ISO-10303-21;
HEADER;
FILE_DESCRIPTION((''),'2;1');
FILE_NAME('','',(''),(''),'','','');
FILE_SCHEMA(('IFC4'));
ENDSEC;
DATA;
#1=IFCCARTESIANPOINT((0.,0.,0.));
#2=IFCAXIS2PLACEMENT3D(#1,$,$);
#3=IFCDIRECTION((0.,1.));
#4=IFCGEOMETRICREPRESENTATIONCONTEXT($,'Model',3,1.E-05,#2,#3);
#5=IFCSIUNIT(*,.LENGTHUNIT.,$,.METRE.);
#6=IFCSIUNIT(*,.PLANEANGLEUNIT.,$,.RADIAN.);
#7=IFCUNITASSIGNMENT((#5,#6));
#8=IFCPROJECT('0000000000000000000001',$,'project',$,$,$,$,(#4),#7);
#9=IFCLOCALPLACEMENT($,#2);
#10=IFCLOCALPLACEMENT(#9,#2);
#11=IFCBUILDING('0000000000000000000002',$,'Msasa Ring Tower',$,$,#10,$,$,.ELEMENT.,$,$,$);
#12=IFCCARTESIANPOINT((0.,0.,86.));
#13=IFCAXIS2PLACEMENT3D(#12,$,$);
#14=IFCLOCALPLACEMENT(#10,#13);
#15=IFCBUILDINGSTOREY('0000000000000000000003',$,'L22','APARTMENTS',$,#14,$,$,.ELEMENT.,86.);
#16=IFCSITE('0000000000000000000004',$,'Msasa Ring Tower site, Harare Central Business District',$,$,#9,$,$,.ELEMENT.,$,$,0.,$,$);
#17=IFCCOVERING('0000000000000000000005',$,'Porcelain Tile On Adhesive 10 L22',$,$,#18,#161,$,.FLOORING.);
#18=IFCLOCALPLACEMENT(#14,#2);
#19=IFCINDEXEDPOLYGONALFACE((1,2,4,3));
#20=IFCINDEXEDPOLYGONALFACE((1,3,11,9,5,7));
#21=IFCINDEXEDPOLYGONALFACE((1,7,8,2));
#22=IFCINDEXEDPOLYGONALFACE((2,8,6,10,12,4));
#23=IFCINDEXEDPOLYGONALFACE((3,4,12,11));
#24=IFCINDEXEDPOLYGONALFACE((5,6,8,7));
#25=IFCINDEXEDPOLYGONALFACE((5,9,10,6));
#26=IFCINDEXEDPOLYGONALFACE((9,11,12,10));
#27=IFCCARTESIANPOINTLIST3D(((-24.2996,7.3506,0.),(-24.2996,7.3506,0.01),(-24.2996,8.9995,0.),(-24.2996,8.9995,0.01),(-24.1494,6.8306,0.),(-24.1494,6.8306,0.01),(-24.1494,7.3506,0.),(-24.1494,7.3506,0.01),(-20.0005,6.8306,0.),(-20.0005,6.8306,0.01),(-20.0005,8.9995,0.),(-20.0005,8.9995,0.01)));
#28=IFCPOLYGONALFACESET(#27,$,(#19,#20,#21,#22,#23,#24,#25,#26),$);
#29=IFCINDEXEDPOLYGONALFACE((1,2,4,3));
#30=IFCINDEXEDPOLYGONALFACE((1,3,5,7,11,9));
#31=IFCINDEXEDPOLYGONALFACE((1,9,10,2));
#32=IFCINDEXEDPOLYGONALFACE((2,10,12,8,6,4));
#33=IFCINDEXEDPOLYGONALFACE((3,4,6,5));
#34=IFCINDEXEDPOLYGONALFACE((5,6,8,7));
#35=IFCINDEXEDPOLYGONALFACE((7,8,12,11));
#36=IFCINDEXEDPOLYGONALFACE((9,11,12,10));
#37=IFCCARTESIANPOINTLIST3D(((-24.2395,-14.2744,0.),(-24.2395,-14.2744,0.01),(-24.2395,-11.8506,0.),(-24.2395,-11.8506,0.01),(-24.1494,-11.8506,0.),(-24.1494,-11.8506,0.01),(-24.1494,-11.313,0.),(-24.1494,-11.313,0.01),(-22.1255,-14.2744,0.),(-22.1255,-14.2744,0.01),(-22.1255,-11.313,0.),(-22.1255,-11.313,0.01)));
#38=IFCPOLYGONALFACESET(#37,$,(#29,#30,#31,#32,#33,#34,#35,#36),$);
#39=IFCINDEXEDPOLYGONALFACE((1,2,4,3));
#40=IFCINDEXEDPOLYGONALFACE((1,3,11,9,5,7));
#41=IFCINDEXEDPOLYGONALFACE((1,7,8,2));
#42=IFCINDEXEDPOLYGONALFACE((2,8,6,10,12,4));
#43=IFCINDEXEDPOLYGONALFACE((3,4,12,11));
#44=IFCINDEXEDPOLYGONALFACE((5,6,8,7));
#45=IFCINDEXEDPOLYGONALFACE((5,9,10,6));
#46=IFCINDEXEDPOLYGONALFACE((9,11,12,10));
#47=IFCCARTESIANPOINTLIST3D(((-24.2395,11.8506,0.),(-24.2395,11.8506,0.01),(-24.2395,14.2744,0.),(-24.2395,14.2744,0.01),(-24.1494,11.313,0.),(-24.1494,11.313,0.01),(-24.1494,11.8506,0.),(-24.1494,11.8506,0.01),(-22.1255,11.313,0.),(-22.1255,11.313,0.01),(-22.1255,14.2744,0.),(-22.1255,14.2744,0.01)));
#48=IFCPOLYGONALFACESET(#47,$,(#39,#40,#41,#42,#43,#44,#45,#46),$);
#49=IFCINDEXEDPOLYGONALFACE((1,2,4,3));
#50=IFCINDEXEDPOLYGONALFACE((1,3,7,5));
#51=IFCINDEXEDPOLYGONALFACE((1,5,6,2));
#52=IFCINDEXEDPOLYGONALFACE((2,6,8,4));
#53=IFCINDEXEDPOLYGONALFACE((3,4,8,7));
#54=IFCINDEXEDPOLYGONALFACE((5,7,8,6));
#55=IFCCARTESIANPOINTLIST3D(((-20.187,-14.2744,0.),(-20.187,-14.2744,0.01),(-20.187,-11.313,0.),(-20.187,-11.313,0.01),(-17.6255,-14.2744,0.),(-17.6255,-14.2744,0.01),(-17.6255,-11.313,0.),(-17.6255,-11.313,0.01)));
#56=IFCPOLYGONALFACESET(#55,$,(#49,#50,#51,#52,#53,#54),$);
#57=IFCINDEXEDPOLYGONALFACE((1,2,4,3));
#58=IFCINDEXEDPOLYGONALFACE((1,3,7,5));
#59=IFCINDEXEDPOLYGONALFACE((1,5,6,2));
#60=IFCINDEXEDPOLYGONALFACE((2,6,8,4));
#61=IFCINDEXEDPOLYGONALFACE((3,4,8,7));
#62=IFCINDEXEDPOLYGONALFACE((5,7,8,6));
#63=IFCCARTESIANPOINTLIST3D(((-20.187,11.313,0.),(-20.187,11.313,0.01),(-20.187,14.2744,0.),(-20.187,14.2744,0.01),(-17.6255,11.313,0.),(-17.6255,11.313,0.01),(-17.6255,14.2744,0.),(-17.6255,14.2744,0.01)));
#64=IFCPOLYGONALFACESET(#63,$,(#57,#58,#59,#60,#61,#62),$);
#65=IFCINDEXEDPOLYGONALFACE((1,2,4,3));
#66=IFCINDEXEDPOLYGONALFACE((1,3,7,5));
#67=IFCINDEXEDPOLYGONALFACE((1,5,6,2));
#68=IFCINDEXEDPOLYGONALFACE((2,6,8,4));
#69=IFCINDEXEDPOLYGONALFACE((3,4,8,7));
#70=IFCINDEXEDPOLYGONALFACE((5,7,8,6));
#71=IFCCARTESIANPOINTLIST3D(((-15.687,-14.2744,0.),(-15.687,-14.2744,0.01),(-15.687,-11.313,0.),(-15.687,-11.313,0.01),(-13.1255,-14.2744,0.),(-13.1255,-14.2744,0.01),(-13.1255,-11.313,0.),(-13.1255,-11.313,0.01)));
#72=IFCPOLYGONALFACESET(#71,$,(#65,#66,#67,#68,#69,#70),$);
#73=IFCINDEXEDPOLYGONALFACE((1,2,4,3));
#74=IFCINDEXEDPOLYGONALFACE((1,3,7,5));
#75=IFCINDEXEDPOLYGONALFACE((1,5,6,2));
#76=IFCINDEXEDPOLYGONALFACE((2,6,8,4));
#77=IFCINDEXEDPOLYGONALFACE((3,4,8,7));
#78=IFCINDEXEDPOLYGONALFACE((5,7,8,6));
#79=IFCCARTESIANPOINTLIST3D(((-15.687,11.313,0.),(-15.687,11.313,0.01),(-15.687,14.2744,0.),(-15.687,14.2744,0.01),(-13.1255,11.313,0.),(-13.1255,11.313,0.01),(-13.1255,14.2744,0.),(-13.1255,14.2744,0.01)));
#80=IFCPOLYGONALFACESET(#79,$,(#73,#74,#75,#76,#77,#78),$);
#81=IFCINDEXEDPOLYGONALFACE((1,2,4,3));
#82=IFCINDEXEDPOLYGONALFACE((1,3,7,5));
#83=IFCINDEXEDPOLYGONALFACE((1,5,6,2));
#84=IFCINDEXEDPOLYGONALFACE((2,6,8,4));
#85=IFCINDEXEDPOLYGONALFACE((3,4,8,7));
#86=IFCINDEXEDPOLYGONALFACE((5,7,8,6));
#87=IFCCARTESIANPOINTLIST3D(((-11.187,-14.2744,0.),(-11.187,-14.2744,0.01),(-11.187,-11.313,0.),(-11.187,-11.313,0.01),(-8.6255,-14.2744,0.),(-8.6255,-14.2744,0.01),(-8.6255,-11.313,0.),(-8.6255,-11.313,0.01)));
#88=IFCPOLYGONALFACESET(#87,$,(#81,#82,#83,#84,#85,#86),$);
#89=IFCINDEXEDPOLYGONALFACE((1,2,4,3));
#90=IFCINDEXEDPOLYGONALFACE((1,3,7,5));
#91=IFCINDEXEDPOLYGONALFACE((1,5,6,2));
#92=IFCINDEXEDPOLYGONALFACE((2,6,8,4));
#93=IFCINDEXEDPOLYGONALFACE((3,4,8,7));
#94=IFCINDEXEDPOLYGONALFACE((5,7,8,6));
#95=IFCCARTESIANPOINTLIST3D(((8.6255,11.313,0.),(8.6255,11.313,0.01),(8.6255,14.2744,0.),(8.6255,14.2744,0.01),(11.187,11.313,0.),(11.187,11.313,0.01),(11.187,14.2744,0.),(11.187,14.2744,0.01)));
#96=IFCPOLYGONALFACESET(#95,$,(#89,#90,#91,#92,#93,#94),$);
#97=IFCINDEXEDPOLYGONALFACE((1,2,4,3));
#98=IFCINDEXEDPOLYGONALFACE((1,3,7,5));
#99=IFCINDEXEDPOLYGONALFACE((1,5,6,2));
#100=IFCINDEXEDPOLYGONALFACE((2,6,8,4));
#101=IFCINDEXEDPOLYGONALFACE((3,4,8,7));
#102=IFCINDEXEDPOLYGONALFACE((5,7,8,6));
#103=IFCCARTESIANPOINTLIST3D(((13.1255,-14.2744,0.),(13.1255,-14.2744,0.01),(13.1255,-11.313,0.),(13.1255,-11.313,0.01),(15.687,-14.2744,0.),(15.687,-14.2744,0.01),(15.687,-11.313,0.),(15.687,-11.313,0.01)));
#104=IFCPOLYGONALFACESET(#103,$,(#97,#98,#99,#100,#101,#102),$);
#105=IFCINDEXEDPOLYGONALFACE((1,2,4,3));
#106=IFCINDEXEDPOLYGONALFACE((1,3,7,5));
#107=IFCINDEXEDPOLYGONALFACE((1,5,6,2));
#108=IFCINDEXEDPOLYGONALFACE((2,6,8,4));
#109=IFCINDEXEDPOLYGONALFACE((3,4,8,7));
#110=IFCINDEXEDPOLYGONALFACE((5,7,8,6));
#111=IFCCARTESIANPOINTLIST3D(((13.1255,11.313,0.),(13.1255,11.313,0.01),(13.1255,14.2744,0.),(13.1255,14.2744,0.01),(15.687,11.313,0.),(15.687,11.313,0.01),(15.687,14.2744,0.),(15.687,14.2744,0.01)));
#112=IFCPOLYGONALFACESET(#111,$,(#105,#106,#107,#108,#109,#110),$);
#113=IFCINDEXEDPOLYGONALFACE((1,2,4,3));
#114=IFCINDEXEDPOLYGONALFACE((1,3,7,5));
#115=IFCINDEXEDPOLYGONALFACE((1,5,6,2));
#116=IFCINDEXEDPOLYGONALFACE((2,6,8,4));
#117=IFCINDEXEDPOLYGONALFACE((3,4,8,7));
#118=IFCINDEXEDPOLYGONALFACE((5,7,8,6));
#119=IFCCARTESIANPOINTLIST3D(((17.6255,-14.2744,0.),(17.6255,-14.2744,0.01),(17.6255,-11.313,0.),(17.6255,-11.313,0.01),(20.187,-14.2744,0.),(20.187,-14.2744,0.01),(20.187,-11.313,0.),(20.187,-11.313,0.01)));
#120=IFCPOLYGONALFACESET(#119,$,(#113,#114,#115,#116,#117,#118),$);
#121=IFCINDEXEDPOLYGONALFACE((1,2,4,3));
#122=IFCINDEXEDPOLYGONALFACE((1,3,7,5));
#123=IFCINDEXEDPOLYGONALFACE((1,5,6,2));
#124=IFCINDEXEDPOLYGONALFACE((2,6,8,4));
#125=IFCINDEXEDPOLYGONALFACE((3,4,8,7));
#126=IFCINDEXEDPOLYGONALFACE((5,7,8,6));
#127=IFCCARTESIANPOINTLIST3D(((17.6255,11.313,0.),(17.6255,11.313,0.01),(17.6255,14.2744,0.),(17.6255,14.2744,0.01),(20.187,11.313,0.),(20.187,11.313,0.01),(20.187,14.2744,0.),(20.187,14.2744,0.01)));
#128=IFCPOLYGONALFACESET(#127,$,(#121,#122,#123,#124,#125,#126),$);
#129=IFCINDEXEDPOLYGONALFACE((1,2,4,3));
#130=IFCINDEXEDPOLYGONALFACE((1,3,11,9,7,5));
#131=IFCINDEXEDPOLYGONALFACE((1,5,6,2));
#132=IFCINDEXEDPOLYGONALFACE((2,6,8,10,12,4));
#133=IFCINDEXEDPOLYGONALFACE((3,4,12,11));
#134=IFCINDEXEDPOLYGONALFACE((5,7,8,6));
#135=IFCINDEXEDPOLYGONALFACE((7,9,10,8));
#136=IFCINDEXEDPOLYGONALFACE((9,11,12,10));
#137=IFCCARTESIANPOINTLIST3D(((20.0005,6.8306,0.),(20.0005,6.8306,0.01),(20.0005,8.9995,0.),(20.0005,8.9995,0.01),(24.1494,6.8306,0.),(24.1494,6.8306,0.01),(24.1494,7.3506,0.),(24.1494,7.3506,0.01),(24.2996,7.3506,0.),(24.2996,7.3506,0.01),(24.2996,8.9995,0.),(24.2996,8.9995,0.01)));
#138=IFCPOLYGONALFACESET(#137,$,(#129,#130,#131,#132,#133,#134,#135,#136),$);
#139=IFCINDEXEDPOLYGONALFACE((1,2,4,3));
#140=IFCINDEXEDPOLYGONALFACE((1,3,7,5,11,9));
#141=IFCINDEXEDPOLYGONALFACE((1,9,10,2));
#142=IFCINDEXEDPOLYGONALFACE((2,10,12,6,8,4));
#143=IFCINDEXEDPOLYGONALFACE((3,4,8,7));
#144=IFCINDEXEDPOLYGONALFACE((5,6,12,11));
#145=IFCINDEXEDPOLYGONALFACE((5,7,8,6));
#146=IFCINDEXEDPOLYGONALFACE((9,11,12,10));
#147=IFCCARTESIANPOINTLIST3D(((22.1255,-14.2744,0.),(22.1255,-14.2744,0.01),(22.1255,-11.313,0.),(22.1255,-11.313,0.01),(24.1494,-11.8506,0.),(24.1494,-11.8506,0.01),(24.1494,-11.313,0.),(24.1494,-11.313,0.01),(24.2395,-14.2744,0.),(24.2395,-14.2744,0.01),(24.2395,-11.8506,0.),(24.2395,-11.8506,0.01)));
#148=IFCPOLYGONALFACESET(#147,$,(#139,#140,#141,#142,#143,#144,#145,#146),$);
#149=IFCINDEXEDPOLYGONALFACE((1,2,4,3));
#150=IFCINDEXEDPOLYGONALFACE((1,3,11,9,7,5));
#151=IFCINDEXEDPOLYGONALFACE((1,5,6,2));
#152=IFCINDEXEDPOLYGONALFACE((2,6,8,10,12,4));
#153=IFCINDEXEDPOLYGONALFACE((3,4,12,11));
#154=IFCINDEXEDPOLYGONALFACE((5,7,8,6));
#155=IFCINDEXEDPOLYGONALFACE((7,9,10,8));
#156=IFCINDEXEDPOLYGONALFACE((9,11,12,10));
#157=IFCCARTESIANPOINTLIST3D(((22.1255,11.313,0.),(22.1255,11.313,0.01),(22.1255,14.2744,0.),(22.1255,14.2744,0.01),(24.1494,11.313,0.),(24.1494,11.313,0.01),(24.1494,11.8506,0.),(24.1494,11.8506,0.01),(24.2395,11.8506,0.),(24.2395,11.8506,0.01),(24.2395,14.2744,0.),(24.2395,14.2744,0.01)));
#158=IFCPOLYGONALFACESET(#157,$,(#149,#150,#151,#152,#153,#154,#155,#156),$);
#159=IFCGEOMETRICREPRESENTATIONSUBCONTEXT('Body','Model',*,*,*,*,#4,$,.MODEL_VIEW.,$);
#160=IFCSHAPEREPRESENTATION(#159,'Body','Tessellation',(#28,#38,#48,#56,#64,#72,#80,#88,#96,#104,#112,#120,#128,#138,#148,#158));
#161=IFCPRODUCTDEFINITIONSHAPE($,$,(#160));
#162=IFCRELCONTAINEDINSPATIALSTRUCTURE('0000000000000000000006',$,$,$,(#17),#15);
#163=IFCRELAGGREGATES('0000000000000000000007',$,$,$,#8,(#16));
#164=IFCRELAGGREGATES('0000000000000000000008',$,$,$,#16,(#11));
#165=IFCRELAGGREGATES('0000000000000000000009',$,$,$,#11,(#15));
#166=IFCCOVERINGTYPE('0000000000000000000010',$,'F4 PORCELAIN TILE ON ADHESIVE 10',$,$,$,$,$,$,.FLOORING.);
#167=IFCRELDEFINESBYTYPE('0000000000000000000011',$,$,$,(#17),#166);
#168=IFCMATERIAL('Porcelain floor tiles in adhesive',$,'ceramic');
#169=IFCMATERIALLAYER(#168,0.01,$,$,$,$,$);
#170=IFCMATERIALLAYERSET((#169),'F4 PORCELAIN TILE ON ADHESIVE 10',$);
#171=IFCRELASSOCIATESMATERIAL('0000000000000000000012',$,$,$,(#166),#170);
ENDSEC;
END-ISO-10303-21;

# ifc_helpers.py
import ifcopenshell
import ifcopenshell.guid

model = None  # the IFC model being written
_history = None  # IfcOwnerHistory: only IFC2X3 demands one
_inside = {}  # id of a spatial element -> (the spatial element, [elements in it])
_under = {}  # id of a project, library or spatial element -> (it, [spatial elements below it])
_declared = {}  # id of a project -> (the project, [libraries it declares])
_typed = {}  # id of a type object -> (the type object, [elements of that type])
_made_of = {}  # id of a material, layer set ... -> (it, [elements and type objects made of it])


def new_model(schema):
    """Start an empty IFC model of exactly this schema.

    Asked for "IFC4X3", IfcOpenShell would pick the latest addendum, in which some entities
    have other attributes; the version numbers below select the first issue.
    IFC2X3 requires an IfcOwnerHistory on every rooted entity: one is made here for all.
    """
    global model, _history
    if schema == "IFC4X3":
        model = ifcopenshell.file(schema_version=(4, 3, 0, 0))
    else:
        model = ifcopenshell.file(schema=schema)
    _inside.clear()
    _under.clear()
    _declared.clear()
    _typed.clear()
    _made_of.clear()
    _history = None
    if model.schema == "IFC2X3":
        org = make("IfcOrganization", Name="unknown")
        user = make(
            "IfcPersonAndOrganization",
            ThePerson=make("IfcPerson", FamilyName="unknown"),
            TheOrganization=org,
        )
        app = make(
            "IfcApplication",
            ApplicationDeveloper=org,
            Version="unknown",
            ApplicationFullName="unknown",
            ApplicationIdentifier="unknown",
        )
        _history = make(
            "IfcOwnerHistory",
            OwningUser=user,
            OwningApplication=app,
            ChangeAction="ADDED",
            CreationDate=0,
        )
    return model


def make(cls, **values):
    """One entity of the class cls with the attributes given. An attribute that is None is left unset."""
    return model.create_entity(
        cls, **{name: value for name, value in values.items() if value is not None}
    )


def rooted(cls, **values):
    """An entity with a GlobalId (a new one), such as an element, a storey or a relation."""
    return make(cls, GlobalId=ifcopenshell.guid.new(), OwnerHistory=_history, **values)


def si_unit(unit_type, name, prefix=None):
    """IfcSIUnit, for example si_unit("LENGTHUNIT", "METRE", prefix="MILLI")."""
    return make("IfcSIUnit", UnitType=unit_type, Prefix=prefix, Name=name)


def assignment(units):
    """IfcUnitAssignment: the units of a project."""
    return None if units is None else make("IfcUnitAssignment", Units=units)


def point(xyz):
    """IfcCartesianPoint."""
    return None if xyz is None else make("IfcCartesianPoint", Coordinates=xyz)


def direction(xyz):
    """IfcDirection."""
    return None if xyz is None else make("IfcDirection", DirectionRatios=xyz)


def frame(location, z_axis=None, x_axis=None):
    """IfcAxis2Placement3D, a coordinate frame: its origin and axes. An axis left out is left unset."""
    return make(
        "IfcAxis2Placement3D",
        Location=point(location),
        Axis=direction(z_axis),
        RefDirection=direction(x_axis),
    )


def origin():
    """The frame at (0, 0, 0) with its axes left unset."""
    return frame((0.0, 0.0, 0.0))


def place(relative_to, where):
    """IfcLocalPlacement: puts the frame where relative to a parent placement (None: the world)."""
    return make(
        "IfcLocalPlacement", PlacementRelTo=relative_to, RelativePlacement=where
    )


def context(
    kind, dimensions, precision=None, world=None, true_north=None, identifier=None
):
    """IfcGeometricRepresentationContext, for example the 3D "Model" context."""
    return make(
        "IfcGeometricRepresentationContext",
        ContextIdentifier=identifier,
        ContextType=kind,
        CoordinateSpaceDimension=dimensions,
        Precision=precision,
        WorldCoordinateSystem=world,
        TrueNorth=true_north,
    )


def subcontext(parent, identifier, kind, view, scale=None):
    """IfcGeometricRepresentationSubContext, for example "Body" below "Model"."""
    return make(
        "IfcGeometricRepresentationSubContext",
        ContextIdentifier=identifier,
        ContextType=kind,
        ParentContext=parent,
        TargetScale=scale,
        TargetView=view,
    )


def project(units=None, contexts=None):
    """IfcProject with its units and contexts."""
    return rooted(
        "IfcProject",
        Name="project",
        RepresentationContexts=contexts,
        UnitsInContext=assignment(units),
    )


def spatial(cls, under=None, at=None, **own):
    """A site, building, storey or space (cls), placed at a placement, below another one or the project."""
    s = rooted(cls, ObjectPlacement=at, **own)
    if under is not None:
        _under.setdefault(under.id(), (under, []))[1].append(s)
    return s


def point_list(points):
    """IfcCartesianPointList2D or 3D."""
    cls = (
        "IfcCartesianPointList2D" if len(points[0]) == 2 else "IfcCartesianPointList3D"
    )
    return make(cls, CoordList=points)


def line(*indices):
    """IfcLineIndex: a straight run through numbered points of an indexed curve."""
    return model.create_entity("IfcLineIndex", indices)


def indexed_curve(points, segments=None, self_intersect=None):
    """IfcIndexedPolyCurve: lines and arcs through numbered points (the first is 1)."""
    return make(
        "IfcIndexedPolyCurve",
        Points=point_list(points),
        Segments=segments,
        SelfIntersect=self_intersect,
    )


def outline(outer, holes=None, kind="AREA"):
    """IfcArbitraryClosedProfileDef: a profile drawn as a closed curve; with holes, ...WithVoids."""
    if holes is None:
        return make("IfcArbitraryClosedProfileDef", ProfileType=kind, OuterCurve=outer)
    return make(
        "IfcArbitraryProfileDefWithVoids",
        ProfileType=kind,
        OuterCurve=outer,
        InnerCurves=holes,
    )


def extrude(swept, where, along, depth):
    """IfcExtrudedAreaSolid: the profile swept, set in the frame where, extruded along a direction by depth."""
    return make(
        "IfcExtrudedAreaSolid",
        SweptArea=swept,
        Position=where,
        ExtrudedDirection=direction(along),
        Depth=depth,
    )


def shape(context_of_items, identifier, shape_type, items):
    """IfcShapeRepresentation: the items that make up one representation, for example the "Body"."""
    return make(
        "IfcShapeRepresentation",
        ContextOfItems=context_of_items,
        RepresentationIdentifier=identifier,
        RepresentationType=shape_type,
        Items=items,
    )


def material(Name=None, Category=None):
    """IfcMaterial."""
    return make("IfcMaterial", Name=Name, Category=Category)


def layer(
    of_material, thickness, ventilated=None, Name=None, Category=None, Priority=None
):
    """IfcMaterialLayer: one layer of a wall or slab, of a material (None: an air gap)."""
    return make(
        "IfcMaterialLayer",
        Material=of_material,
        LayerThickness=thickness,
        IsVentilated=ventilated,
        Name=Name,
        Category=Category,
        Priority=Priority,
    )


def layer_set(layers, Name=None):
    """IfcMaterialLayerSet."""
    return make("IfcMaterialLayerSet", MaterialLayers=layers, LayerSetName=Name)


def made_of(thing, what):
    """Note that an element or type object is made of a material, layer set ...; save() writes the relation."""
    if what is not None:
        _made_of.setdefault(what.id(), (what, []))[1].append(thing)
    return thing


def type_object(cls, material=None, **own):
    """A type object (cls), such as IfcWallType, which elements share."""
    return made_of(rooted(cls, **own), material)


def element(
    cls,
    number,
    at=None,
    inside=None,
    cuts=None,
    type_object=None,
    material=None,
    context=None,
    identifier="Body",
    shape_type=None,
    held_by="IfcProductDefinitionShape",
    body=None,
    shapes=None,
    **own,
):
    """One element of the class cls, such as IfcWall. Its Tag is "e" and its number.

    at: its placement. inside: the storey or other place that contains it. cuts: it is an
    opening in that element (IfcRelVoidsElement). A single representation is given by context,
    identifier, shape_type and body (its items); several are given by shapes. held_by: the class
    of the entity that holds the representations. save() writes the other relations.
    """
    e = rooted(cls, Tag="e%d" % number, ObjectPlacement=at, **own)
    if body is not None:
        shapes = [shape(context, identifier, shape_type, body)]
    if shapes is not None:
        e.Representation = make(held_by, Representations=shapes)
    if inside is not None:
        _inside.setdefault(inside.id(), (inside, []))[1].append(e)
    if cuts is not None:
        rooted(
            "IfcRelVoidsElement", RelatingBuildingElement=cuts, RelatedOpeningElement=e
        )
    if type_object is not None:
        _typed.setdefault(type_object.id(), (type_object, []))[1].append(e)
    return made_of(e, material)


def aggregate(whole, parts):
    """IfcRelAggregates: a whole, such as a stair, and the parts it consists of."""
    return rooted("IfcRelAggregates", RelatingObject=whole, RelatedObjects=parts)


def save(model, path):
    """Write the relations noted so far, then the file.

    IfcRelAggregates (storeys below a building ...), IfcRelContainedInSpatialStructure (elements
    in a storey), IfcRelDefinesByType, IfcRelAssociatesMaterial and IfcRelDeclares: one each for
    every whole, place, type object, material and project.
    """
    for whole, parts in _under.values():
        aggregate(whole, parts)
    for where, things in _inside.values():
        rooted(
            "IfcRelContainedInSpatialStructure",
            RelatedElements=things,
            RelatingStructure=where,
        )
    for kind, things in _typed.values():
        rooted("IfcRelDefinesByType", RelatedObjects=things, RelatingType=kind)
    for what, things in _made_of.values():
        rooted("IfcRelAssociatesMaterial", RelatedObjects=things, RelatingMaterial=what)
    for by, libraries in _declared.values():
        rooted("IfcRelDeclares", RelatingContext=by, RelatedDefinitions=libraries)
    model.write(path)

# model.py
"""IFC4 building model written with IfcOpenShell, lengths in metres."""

from ifc_helpers import new_model, si_unit, direction, frame, origin, place, context, subcontext, project, spatial, line, indexed_curve, outline, extrude, material, layer, layer_set, type_object, element, save


model = new_model("IFC4")

# Units and contexts
model_context = context("Model", 3, precision=1e-05, world=origin(), true_north=direction((0.0, 1.0)))
body_context = subcontext(model_context, "Body", "Model", "MODEL_VIEW")
ifc_project = project(units=[si_unit("LENGTHUNIT", "METRE"), si_unit("PLANEANGLEUNIT", "RADIAN")], contexts=[model_context])

# Site, building, storey
site_placement = place(None, origin())
site = spatial("IfcSite", under=ifc_project, at=site_placement, Name="Msasa Ring Tower site, Harare Central Business District", CompositionType="ELEMENT", RefElevation=0.0)
building_placement = place(site_placement, origin())
building = spatial("IfcBuilding", under=site, at=building_placement, Name="Msasa Ring Tower", CompositionType="ELEMENT")
storey_placement = place(building_placement, frame((0.0, 0.0, 86.0)))
storey = spatial("IfcBuildingStorey", under=building, at=storey_placement, Name="L22", Description="APARTMENTS", CompositionType="ELEMENT", Elevation=86.0)

# Covering
ifc_material_1 = material(Name="Porcelain floor tiles in adhesive", Category="ceramic")
ifc_layer_1 = layer(ifc_material_1, 0.01)
ifc_layer_set_1 = layer_set([ifc_layer_1], Name="F4 PORCELAIN TILE ON ADHESIVE 10")
covering_type_1 = type_object("IfcCoveringType", Name="F4 PORCELAIN TILE ON ADHESIVE 10", PredefinedType="FLOORING", material=ifc_layer_set_1)
covering_1_placement = place(storey_placement, origin())
element("IfcCovering", 1, at=covering_1_placement, inside=storey, type_object=covering_type_1, Name="Porcelain Tile On Adhesive 10 L22", PredefinedType="FLOORING", context=body_context, shape_type="SweptSolid", body=[
    extrude(outline(indexed_curve([(-24.1494, 6.8306), (-24.1494, 7.3506), (-24.2996, 7.3506), (-24.2996, 8.9995), (-20.0005, 8.9995), (-20.0005, 6.8306)], segments=[line(1, 2, 3, 4, 5, 6, 1)], self_intersect=False)), origin(), (0.0, 0.0, 1.0), 0.01),
    extrude(outline(indexed_curve([(-22.1255, -11.313), (-22.1255, -14.2744), (-24.2395, -14.2744), (-24.2395, -11.8506), (-24.1494, -11.8506), (-24.1494, -11.313)], segments=[line(1, 2, 3, 4, 5, 6, 1)], self_intersect=False)), origin(), (0.0, 0.0, 1.0), 0.01),
    extrude(outline(indexed_curve([(-24.1494, 11.313), (-24.1494, 11.8506), (-24.2395, 11.8506), (-24.2395, 14.2744), (-22.1255, 14.2744), (-22.1255, 11.313)], segments=[line(1, 2, 3, 4, 5, 6, 1)], self_intersect=False)), origin(), (0.0, 0.0, 1.0), 0.01),
    extrude(outline(indexed_curve([(-17.6255, -11.313), (-17.6255, -14.2744), (-20.187, -14.2744), (-20.187, -11.313)], segments=[line(1, 2, 3, 4, 1)], self_intersect=False)), origin(), (0.0, 0.0, 1.0), 0.01),
    extrude(outline(indexed_curve([(-20.187, 11.313), (-20.187, 14.2744), (-17.6255, 14.2744), (-17.6255, 11.313)], segments=[line(1, 2, 3, 4, 1)], self_intersect=False)), origin(), (0.0, 0.0, 1.0), 0.01),
    extrude(outline(indexed_curve([(-13.1255, -11.313), (-13.1255, -14.2744), (-15.687, -14.2744), (-15.687, -11.313)], segments=[line(1, 2, 3, 4, 1)], self_intersect=False)), origin(), (0.0, 0.0, 1.0), 0.01),
    extrude(outline(indexed_curve([(-15.687, 11.313), (-15.687, 14.2744), (-13.1255, 14.2744), (-13.1255, 11.313)], segments=[line(1, 2, 3, 4, 1)], self_intersect=False)), origin(), (0.0, 0.0, 1.0), 0.01),
    extrude(outline(indexed_curve([(-8.6255, -11.313), (-8.6255, -14.2744), (-11.187, -14.2744), (-11.187, -11.313)], segments=[line(1, 2, 3, 4, 1)], self_intersect=False)), origin(), (0.0, 0.0, 1.0), 0.01),
    extrude(outline(indexed_curve([(8.6255, 11.313), (8.6255, 14.2744), (11.187, 14.2744), (11.187, 11.313)], segments=[line(1, 2, 3, 4, 1)], self_intersect=False)), origin(), (0.0, 0.0, 1.0), 0.01),
    extrude(outline(indexed_curve([(15.687, -11.313), (15.687, -14.2744), (13.1255, -14.2744), (13.1255, -11.313)], segments=[line(1, 2, 3, 4, 1)], self_intersect=False)), origin(), (0.0, 0.0, 1.0), 0.01),
    extrude(outline(indexed_curve([(13.1255, 11.313), (13.1255, 14.2744), (15.687, 14.2744), (15.687, 11.313)], segments=[line(1, 2, 3, 4, 1)], self_intersect=False)), origin(), (0.0, 0.0, 1.0), 0.01),
    extrude(outline(indexed_curve([(20.187, -11.313), (20.187, -14.2744), (17.6255, -14.2744), (17.6255, -11.313)], segments=[line(1, 2, 3, 4, 1)], self_intersect=False)), origin(), (0.0, 0.0, 1.0), 0.01),
    extrude(outline(indexed_curve([(17.6255, 11.313), (17.6255, 14.2744), (20.187, 14.2744), (20.187, 11.313)], segments=[line(1, 2, 3, 4, 1)], self_intersect=False)), origin(), (0.0, 0.0, 1.0), 0.01),
    extrude(outline(indexed_curve([(20.0005, 8.9995), (24.2996, 8.9995), (24.2996, 7.3506), (24.1494, 7.3506), (24.1494, 6.8306), (20.0005, 6.8306)], segments=[line(1, 2, 3, 4, 5, 6, 1)], self_intersect=False)), origin(), (0.0, 0.0, 1.0), 0.01),
    extrude(outline(indexed_curve([(24.1494, -11.313), (24.1494, -11.8506), (24.2395, -11.8506), (24.2395, -14.2744), (22.1255, -14.2744), (22.1255, -11.313)], segments=[line(1, 2, 3, 4, 5, 6, 1)], self_intersect=False)), origin(), (0.0, 0.0, 1.0), 0.01),
    extrude(outline(indexed_curve([(24.2395, 11.8506), (24.1494, 11.8506), (24.1494, 11.313), (22.1255, 11.313), (22.1255, 14.2744), (24.2395, 14.2744)], segments=[line(1, 2, 3, 4, 5, 6, 1)], self_intersect=False)), origin(), (0.0, 0.0, 1.0), 0.01),
])

save(model, "model.ifc")
